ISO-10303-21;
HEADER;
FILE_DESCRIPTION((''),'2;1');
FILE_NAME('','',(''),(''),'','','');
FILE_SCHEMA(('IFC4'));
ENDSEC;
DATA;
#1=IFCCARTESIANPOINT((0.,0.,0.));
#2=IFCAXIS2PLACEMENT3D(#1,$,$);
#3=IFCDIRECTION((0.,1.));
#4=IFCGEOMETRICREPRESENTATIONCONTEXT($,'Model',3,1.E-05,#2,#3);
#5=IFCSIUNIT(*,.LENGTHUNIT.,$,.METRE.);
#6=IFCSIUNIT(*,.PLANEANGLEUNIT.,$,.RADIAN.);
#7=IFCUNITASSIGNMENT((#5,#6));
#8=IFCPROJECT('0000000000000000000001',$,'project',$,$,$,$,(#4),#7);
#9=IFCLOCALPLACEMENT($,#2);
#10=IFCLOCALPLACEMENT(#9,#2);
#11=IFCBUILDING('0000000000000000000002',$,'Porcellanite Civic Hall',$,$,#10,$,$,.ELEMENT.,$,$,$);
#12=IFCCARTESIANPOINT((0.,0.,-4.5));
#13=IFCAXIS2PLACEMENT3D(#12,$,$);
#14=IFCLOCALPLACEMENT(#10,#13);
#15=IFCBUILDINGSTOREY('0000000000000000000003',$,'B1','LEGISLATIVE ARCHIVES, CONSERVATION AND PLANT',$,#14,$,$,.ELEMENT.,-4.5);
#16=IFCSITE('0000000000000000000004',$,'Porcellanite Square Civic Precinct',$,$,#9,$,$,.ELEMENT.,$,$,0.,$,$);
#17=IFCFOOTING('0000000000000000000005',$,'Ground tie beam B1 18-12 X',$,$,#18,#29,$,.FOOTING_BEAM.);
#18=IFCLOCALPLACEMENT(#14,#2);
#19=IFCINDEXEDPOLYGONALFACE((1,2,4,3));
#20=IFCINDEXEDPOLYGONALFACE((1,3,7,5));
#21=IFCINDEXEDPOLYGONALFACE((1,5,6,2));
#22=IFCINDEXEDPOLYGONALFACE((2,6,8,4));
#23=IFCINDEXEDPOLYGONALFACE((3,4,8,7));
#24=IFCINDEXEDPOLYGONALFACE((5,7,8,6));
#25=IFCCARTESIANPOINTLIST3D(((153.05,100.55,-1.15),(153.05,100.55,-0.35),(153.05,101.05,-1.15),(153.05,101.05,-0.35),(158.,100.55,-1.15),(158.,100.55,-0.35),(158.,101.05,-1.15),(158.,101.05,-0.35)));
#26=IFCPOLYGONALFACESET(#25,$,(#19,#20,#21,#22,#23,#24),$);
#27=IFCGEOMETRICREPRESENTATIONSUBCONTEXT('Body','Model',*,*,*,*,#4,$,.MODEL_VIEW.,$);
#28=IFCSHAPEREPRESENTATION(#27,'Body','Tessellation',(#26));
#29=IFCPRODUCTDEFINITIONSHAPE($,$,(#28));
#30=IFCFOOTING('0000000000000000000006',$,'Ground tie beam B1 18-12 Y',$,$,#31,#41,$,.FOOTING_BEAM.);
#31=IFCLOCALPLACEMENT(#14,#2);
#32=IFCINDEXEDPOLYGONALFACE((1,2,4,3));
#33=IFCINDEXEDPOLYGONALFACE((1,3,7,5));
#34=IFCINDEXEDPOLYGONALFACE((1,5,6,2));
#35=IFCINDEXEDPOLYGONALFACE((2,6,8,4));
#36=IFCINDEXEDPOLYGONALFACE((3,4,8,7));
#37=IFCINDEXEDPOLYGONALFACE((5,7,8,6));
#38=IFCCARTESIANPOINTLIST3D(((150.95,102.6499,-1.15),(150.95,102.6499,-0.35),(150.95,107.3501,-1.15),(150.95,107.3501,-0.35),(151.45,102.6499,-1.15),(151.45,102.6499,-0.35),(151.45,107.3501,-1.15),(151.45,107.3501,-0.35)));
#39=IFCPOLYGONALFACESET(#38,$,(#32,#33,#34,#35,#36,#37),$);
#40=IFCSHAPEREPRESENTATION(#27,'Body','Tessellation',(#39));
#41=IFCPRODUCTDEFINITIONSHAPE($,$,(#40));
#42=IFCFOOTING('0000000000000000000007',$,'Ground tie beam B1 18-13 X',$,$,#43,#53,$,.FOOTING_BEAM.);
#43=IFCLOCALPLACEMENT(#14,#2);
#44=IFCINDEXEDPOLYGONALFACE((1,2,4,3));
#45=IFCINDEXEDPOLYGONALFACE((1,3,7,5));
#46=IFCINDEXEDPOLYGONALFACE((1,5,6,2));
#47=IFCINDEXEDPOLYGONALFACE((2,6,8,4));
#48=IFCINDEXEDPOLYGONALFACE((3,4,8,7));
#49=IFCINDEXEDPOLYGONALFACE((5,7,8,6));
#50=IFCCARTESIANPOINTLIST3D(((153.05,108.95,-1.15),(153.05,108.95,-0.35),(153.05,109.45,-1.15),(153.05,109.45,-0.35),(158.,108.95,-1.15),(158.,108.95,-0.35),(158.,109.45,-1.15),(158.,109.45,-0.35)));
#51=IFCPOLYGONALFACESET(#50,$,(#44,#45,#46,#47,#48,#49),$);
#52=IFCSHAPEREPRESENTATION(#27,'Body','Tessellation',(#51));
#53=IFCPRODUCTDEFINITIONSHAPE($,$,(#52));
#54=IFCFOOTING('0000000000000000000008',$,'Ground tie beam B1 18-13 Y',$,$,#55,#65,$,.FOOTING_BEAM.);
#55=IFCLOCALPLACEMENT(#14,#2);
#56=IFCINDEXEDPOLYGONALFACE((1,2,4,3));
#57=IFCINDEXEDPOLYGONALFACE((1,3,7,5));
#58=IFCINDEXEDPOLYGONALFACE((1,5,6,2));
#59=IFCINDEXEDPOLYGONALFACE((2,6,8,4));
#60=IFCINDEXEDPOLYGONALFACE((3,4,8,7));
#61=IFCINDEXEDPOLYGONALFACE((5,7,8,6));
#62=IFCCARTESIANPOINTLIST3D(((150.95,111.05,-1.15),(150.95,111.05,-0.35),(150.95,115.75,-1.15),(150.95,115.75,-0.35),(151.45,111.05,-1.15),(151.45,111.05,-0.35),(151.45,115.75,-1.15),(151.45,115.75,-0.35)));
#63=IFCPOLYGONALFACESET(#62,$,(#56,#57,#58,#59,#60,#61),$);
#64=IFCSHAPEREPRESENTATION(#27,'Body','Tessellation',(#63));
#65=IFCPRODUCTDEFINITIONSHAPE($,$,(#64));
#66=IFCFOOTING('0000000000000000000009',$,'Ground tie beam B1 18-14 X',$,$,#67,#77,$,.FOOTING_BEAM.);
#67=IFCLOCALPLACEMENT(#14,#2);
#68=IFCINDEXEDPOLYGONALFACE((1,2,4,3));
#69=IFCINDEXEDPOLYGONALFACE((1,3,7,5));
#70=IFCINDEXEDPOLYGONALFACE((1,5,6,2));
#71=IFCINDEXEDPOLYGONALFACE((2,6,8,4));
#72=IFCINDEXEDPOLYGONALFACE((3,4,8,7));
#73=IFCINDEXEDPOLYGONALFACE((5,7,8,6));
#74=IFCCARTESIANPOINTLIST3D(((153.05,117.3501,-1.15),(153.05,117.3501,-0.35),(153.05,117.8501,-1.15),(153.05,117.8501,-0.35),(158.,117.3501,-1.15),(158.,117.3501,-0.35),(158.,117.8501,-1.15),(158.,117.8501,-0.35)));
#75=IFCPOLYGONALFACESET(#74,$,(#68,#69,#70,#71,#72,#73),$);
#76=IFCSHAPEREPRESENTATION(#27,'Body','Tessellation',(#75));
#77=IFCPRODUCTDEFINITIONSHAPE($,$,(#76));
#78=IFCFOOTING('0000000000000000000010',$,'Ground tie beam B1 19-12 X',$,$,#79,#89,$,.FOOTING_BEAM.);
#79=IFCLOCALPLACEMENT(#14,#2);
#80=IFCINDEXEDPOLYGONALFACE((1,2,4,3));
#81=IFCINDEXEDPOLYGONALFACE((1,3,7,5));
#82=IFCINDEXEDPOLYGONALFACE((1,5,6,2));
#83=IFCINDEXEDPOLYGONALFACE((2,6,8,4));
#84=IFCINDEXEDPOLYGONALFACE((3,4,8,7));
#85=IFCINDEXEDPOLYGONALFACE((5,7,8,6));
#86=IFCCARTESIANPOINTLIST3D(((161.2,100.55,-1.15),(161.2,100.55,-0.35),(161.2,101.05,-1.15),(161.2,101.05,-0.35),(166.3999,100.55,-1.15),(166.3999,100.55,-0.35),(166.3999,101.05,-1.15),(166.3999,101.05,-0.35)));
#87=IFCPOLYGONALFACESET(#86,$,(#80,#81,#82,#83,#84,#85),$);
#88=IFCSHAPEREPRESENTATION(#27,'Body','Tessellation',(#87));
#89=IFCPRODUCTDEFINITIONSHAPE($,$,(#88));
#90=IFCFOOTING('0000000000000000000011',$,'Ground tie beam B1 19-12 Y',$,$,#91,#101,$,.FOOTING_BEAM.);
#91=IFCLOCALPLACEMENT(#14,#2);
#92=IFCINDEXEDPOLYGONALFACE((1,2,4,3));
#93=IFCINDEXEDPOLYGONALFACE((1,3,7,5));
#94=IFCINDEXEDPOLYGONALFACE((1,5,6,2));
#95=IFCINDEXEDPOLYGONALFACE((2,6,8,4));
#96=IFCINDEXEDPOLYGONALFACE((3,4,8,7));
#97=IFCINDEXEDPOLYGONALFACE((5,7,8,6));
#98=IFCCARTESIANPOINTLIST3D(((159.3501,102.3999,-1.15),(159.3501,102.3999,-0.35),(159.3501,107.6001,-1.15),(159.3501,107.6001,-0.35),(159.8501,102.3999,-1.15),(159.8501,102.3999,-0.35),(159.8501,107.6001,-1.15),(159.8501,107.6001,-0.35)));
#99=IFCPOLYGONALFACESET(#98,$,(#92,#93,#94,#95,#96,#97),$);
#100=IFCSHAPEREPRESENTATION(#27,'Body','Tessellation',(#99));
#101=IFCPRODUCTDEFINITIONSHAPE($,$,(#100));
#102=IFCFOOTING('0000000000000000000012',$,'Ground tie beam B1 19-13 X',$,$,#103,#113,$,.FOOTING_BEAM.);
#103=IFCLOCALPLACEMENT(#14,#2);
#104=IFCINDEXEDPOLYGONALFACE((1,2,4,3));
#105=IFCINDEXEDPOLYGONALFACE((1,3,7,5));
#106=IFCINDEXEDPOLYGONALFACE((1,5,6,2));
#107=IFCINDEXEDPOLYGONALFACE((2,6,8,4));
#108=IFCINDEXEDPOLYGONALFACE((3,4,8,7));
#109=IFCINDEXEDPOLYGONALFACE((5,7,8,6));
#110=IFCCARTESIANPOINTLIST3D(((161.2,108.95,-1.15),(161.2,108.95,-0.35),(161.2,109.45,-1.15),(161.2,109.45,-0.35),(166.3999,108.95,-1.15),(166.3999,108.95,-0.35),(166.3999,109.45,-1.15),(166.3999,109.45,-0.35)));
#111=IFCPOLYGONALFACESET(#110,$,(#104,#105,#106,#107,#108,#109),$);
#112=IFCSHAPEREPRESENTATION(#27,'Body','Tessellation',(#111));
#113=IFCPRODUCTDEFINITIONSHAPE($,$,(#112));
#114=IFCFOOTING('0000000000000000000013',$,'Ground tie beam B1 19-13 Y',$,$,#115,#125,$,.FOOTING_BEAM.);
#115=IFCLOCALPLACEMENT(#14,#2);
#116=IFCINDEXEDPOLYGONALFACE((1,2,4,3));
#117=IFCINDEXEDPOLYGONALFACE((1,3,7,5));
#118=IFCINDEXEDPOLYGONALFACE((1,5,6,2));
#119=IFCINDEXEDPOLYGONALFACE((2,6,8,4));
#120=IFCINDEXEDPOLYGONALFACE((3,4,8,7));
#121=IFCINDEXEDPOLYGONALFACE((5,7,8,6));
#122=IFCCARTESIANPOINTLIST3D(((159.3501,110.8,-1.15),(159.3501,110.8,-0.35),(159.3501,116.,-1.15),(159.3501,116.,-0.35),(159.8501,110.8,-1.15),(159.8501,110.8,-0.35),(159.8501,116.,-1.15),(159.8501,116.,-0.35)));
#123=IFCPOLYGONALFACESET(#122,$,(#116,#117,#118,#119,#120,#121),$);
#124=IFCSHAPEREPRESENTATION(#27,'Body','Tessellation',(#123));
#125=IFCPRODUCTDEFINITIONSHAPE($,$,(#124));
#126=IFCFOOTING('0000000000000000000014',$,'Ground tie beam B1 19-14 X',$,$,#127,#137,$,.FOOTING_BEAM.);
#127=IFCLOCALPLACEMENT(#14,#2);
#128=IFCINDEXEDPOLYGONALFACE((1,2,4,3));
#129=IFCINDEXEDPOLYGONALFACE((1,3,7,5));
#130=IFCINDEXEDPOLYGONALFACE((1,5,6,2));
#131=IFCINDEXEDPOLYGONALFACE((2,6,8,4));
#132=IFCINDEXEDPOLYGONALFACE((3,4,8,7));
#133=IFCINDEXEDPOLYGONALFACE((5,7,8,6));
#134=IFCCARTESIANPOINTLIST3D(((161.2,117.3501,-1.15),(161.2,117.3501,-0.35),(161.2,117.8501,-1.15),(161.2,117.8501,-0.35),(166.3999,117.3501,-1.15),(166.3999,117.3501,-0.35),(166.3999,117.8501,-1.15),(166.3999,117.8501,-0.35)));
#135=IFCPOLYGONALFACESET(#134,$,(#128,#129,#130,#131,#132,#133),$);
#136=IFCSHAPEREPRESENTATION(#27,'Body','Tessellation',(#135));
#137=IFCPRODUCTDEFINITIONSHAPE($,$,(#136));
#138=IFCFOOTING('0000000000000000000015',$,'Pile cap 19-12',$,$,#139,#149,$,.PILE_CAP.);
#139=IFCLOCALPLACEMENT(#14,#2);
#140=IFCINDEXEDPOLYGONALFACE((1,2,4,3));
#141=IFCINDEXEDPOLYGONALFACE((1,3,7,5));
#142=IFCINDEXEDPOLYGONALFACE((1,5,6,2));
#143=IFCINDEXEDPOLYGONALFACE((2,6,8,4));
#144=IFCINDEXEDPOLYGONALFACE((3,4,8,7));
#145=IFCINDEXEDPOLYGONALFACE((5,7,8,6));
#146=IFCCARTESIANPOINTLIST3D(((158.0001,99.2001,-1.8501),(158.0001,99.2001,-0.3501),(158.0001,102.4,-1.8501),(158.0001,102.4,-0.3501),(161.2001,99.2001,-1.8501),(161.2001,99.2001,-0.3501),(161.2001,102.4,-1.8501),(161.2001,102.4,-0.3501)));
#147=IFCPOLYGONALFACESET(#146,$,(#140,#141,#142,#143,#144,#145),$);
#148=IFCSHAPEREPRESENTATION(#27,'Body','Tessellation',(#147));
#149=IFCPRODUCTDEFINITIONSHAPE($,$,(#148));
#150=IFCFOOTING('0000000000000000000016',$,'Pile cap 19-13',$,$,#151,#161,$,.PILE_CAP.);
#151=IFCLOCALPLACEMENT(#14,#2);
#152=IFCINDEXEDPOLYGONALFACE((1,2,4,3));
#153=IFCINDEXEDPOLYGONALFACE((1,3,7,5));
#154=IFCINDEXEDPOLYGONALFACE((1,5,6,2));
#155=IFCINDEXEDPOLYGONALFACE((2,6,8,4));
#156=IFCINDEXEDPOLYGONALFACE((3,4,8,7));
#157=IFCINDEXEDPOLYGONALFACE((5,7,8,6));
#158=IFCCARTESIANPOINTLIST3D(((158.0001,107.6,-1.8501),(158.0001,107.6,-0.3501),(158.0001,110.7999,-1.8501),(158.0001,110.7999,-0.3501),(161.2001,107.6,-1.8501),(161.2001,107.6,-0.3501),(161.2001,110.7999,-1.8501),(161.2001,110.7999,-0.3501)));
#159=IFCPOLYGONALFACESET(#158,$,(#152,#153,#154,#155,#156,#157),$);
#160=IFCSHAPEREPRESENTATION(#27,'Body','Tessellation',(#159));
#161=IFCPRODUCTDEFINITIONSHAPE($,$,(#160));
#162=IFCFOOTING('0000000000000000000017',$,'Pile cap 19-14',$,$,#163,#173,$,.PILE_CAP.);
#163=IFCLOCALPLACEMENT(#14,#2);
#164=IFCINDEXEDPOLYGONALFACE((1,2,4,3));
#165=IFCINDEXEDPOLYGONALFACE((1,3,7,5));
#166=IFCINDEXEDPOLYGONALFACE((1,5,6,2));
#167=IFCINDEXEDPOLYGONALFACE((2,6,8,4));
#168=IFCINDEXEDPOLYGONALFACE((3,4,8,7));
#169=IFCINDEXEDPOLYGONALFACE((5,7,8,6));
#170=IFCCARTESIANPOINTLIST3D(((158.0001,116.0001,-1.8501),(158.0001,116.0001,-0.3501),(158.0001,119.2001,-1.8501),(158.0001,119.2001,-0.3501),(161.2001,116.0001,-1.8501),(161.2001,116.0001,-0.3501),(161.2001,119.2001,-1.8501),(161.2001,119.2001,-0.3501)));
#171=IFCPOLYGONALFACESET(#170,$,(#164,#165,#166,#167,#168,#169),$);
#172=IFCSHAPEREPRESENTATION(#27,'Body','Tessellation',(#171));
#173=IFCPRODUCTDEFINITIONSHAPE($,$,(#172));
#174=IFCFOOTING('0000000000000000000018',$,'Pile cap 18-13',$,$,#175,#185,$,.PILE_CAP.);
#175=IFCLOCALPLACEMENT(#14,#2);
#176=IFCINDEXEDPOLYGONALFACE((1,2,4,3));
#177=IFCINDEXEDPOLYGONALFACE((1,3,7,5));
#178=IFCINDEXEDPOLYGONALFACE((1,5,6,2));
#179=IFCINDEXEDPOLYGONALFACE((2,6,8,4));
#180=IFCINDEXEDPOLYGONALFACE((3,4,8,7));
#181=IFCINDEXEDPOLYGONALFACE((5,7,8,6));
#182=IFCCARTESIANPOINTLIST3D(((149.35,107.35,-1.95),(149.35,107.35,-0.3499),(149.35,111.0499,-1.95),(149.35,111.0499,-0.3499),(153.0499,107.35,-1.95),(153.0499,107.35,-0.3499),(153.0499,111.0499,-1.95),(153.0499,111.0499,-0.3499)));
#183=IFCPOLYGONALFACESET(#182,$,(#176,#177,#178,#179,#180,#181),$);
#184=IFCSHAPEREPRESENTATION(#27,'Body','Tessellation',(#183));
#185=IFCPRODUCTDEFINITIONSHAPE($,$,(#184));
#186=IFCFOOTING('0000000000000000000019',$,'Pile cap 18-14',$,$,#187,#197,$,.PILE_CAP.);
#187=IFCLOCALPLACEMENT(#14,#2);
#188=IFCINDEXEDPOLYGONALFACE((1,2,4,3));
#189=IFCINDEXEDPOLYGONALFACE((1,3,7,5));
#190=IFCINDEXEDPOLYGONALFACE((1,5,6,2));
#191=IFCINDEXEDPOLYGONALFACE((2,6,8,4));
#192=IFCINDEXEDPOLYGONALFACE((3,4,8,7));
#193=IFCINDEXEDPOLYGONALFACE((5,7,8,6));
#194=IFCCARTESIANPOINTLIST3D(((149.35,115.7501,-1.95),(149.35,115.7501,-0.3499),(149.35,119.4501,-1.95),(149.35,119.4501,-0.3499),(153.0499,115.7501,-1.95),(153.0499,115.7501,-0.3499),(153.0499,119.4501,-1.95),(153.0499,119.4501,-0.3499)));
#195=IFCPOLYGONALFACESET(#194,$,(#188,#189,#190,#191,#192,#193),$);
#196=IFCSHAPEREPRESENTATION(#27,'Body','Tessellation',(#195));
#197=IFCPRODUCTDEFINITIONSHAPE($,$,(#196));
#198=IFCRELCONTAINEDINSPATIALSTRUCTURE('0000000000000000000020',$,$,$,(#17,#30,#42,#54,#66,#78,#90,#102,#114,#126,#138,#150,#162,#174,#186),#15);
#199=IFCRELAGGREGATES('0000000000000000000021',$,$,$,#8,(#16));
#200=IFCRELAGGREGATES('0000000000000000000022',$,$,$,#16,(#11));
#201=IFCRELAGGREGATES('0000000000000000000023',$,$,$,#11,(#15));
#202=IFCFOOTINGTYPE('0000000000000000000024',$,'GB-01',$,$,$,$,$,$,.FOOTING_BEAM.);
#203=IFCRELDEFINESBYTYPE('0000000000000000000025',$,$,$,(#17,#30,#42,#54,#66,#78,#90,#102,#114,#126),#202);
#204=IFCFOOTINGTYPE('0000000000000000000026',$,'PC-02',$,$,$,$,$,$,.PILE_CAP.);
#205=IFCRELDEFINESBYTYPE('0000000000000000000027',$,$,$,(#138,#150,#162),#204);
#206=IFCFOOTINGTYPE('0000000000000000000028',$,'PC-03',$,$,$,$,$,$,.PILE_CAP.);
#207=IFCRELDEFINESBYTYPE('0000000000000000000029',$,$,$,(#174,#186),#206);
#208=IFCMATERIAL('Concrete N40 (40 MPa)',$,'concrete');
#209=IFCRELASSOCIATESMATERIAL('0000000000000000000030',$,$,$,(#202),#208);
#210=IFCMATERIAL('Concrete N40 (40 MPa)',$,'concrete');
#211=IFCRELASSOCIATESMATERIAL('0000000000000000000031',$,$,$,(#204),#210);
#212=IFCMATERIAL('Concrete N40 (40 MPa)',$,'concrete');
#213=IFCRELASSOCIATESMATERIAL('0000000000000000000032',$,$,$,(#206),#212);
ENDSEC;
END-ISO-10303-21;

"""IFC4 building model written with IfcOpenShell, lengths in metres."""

from ifc_helpers import new_model, si_unit, direction, frame, origin, origin_2d, place, context, subcontext, project, spatial, rectangle, extrude, material, material_profile, profile_set, type_object, element, save


model = new_model("IFC4")

# Units and contexts
model_context = context("Model", 3, precision=1e-05, world=origin(), true_north=direction((0.0, 1.0)))
body_context = subcontext(model_context, "Body", "Model", "MODEL_VIEW")
ifc_project = project(units=[si_unit("LENGTHUNIT", "METRE"), si_unit("PLANEANGLEUNIT", "RADIAN")], contexts=[model_context])

# Site, building, storey
site_placement = place(None, origin())
site = spatial("IfcSite", under=ifc_project, at=site_placement, Name="Porcellanite Square Civic Precinct", CompositionType="ELEMENT", RefElevation=0.0)
building_placement = place(site_placement, origin())
building = spatial("IfcBuilding", under=site, at=building_placement, Name="Porcellanite Civic Hall", CompositionType="ELEMENT")
storey_placement = place(building_placement, frame((0.0, 0.0, -4.5)))
storey = spatial("IfcBuildingStorey", under=building, at=storey_placement, Name="B1", Description="LEGISLATIVE ARCHIVES, CONSERVATION AND PLANT", CompositionType="ELEMENT", Elevation=-4.5)

# Footings
ifc_material_1 = material(Name="Concrete N40 (40 MPa)", Category="concrete")
ifc_material_profile_1 = material_profile(ifc_material_1, rectangle(XDim=0.5, YDim=0.8, at=origin_2d()), Name="RC-500x800")
ifc_profile_set_1 = profile_set([ifc_material_profile_1], Name="Concrete N40 (40 MPa)")
footing_type_1 = type_object("IfcFootingType", Name="GB-01", PredefinedType="FOOTING_BEAM", material=ifc_profile_set_1)
footing_1_placement = place(storey_placement, frame((153.05, 100.8, -0.75), z_axis=(1.0, 0.0, 0.0), x_axis=(0.0, 1.0, 0.0)))
element("IfcFooting", 1, at=footing_1_placement, inside=storey, type_object=footing_type_1, Name="Ground tie beam B1 18-12 X", PredefinedType="FOOTING_BEAM", context=body_context, shape_type="SweptSolid", body=[
    extrude(rectangle(XDim=0.5, YDim=0.8, at=origin_2d()), origin(), (0.0, 0.0, 1.0), 4.95),
])
footing_2_placement = place(storey_placement, frame((151.2, 102.6499, -0.75), z_axis=(0.0, 1.0, 0.0), x_axis=(-1.0, 0.0, 0.0)))
element("IfcFooting", 2, at=footing_2_placement, inside=storey, type_object=footing_type_1, Name="Ground tie beam B1 18-12 Y", PredefinedType="FOOTING_BEAM", context=body_context, shape_type="SweptSolid", body=[
    extrude(rectangle(XDim=0.5, YDim=0.8, at=origin_2d()), origin(), (0.0, 0.0, 1.0), 4.7002),
])
footing_3_placement = place(storey_placement, frame((153.05, 109.2, -0.75), z_axis=(1.0, 0.0, 0.0), x_axis=(0.0, 1.0, 0.0)))
element("IfcFooting", 3, at=footing_3_placement, inside=storey, type_object=footing_type_1, Name="Ground tie beam B1 18-13 X", PredefinedType="FOOTING_BEAM", context=body_context, shape_type="SweptSolid", body=[
    extrude(rectangle(XDim=0.5, YDim=0.8, at=origin_2d()), origin(), (0.0, 0.0, 1.0), 4.95),
])
footing_4_placement = place(storey_placement, frame((151.2, 111.05, -0.75), z_axis=(0.0, 1.0, 0.0), x_axis=(-1.0, 0.0, 0.0)))
element("IfcFooting", 4, at=footing_4_placement, inside=storey, type_object=footing_type_1, Name="Ground tie beam B1 18-13 Y", PredefinedType="FOOTING_BEAM", context=body_context, shape_type="SweptSolid", body=[
    extrude(rectangle(XDim=0.5, YDim=0.8, at=origin_2d()), origin(), (0.0, 0.0, 1.0), 4.7),
])
footing_5_placement = place(storey_placement, frame((153.05, 117.6001, -0.75), z_axis=(1.0, 0.0, 0.0), x_axis=(0.0, 1.0, 0.0)))
element("IfcFooting", 5, at=footing_5_placement, inside=storey, type_object=footing_type_1, Name="Ground tie beam B1 18-14 X", PredefinedType="FOOTING_BEAM", context=body_context, shape_type="SweptSolid", body=[
    extrude(rectangle(XDim=0.5, YDim=0.8, at=origin_2d()), origin(), (0.0, 0.0, 1.0), 4.95),
])
footing_6_placement = place(storey_placement, frame((161.2, 100.8, -0.75), z_axis=(1.0, 0.0, 0.0), x_axis=(0.0, 1.0, 0.0)))
element("IfcFooting", 6, at=footing_6_placement, inside=storey, type_object=footing_type_1, Name="Ground tie beam B1 19-12 X", PredefinedType="FOOTING_BEAM", context=body_context, shape_type="SweptSolid", body=[
    extrude(rectangle(XDim=0.5, YDim=0.8, at=origin_2d()), origin(), (0.0, 0.0, 1.0), 5.2),
])
footing_7_placement = place(storey_placement, frame((159.6001, 102.3999, -0.75), z_axis=(0.0, 1.0, 0.0), x_axis=(-1.0, 0.0, 0.0)))
element("IfcFooting", 7, at=footing_7_placement, inside=storey, type_object=footing_type_1, Name="Ground tie beam B1 19-12 Y", PredefinedType="FOOTING_BEAM", context=body_context, shape_type="SweptSolid", body=[
    extrude(rectangle(XDim=0.5, YDim=0.8, at=origin_2d()), origin(), (0.0, 0.0, 1.0), 5.2002),
])
for number, where, z_axis, x_axis, name in (
    (8, (161.2, 109.2, -0.75), (1.0, 0.0, 0.0), (0.0, 1.0, 0.0), "Ground tie beam B1 19-13 X"),
    (9, (159.6001, 110.8, -0.75), (0.0, 1.0, 0.0), (-1.0, 0.0, 0.0), "Ground tie beam B1 19-13 Y"),
    (10, (161.2, 117.6001, -0.75), (1.0, 0.0, 0.0), (0.0, 1.0, 0.0), "Ground tie beam B1 19-14 X"),
):
    element("IfcFooting", number, at=place(storey_placement, frame(where, z_axis=z_axis, x_axis=x_axis)), inside=storey, type_object=footing_type_1, Name=name, PredefinedType="FOOTING_BEAM", context=body_context, shape_type="SweptSolid", body=[
        extrude(rectangle(XDim=0.5, YDim=0.8, at=origin_2d()), origin(), (0.0, 0.0, 1.0), 5.2),
    ])
ifc_material_2 = material(Name="Concrete N40 (40 MPa)", Category="concrete")
footing_type_2 = type_object("IfcFootingType", Name="PC-02", PredefinedType="PILE_CAP", material=ifc_material_2)
for number, where, z_axis, x_axis, name in (
    (11, (159.6001, 100.8, -1.8501), (0.0, 0.0, 1.0), (1.0, 0.0, 0.0), "Pile cap 19-12"),
    (12, (159.6001, 109.2, -1.8501), (0.0, 0.0, 1.0), (1.0, 0.0, 0.0), "Pile cap 19-13"),
    (13, (159.6001, 117.6001, -1.8501), (0.0, 0.0, 1.0), (1.0, 0.0, 0.0), "Pile cap 19-14"),
):
    element("IfcFooting", number, at=place(storey_placement, frame(where, z_axis=z_axis, x_axis=x_axis)), inside=storey, type_object=footing_type_2, Name=name, PredefinedType="PILE_CAP", context=body_context, shape_type="SweptSolid", body=[
        extrude(rectangle(XDim=3.2, YDim=3.2, at=origin_2d()), origin(), (0.0, 0.0, 1.0), 1.5),
    ])
ifc_material_3 = material(Name="Concrete N40 (40 MPa)", Category="concrete")
footing_type_3 = type_object("IfcFootingType", Name="PC-03", PredefinedType="PILE_CAP", material=ifc_material_3)
for number, where, z_axis, x_axis, name in (
    (14, (151.2, 109.2, -1.95), (0.0, 0.0, 1.0), (1.0, 0.0, 0.0), "Pile cap 18-13"),
    (15, (151.2, 117.6001, -1.95), (0.0, 0.0, 1.0), (1.0, 0.0, 0.0), "Pile cap 18-14"),
):
    element("IfcFooting", number, at=place(storey_placement, frame(where, z_axis=z_axis, x_axis=x_axis)), inside=storey, type_object=footing_type_3, Name=name, PredefinedType="PILE_CAP", context=body_context, shape_type="SweptSolid", body=[
        extrude(rectangle(XDim=3.7, YDim=3.7, at=origin_2d()), origin(), (0.0, 0.0, 1.0), 1.6001),
    ])

save(model, "model.ifc")
